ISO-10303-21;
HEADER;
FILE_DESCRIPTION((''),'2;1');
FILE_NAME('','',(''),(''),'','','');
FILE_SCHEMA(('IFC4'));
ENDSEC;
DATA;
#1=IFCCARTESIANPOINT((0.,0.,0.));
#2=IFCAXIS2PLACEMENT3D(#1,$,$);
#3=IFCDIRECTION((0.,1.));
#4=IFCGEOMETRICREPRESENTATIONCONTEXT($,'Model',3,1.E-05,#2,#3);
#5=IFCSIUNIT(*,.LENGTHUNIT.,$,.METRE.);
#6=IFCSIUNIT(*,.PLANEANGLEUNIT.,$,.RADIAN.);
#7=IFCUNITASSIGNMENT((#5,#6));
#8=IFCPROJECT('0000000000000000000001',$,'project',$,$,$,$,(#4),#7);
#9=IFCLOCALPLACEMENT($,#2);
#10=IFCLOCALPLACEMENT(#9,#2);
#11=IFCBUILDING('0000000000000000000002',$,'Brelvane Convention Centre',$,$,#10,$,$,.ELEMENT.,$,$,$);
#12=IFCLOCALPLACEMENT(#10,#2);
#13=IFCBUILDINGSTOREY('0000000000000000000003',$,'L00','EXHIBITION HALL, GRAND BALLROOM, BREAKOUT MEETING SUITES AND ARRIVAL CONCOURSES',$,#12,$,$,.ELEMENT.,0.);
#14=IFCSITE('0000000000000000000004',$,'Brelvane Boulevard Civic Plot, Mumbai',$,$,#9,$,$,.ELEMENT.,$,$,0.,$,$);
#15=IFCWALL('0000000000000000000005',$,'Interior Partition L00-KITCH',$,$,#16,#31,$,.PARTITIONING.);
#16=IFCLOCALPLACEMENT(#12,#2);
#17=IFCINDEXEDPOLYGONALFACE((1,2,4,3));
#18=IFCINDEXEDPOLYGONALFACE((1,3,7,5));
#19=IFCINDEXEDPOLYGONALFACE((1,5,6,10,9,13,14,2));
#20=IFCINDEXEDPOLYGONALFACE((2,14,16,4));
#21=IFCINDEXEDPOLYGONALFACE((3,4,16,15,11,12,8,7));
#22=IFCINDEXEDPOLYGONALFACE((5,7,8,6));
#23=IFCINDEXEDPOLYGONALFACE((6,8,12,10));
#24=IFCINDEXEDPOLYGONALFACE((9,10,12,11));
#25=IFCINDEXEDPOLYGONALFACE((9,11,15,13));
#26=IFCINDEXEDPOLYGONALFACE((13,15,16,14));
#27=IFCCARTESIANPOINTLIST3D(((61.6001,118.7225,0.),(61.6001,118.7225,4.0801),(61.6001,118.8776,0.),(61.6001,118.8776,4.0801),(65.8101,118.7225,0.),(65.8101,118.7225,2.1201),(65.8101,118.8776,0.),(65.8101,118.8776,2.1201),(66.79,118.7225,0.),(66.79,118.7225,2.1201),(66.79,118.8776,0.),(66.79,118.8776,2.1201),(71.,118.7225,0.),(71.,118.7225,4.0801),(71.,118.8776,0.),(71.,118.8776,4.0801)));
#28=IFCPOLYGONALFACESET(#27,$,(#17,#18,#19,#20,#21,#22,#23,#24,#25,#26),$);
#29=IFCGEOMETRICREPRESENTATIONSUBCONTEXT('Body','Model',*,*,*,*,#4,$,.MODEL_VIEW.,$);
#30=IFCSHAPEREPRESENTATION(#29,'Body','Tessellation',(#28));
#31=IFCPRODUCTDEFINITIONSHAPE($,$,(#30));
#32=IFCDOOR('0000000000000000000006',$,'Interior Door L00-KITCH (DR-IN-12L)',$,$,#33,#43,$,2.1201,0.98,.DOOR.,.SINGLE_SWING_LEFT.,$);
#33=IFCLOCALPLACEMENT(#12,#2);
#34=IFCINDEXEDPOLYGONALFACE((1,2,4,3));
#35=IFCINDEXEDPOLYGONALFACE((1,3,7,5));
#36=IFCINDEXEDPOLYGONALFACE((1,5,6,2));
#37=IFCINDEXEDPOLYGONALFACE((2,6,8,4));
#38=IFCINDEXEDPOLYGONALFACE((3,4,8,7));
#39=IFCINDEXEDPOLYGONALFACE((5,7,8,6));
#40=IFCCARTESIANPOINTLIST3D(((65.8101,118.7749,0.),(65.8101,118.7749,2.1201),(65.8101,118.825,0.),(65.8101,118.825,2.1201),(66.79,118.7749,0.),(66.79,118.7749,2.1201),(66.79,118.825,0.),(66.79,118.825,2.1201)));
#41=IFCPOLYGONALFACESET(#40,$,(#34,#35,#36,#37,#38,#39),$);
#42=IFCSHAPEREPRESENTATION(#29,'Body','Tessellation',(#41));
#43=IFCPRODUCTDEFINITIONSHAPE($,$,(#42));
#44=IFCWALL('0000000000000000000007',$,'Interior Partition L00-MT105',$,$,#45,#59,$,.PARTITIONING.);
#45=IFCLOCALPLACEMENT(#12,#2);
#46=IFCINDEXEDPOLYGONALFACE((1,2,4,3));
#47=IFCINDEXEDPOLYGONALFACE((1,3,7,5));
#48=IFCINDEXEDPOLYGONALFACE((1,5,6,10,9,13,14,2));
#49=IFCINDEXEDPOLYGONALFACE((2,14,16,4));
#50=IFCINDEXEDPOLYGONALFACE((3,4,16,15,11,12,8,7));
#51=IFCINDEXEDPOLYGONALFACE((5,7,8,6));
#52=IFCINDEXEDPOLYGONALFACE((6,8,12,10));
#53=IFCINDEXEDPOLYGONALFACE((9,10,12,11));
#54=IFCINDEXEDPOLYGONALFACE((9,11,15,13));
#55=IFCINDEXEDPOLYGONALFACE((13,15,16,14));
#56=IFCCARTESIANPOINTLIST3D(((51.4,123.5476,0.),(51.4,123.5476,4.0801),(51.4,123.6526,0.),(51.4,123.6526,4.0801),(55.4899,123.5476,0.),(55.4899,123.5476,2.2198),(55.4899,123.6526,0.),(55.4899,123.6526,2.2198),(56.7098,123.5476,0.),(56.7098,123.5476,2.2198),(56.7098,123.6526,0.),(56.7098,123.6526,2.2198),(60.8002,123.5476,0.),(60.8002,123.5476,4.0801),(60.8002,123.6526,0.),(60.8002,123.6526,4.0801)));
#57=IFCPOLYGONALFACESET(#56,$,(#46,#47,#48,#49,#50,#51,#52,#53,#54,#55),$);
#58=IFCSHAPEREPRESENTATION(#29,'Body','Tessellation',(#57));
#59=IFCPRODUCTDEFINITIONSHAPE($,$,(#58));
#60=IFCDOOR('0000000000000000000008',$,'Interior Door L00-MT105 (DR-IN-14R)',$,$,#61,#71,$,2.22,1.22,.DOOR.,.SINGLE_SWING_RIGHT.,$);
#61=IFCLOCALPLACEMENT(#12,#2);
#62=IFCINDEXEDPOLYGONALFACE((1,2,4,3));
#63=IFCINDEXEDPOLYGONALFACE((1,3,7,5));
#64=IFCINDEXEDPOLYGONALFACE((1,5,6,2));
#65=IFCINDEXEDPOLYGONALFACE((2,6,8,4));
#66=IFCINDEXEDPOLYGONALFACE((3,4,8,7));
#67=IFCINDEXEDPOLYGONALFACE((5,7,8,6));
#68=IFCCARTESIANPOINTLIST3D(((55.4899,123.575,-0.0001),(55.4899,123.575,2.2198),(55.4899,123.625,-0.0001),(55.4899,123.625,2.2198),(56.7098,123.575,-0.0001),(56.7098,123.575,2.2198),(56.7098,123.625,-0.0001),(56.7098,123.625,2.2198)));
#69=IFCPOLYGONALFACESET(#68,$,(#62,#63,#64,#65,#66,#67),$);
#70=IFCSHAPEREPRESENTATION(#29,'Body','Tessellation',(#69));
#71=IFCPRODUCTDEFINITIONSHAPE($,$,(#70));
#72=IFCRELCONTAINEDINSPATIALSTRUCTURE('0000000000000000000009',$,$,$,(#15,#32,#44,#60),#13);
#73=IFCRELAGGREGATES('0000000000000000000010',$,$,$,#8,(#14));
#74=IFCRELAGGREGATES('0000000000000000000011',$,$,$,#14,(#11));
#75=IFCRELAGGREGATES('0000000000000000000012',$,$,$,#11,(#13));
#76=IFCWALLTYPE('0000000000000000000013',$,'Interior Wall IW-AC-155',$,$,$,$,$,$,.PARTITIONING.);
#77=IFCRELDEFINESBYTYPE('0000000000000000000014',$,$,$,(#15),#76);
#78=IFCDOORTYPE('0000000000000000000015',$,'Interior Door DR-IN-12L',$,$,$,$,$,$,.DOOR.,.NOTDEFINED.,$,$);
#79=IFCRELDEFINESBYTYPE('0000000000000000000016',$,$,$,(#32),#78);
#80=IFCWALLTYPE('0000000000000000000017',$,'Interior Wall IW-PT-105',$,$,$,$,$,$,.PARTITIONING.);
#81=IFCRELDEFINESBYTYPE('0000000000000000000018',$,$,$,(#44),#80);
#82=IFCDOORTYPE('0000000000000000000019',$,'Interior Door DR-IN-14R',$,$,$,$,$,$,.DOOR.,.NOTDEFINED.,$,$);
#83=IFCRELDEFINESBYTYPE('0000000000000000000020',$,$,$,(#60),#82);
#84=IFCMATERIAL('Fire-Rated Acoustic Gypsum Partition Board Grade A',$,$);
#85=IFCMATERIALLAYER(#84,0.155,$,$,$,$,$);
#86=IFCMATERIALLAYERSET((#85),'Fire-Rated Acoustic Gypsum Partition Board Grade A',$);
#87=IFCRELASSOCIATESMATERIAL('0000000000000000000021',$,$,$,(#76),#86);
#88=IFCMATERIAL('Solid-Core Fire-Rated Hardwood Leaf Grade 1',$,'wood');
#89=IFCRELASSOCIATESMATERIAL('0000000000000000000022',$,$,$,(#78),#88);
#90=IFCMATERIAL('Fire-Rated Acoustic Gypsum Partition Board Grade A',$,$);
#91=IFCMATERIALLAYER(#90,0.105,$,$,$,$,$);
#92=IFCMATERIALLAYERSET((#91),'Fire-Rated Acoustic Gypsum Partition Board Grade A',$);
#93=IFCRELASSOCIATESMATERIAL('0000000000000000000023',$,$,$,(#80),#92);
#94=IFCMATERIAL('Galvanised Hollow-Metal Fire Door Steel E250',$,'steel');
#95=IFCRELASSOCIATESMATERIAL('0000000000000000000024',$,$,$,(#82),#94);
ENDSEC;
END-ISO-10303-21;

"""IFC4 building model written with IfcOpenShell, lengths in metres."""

from ifc_helpers import new_model, si_unit, direction, frame, frame_2d, origin, place, context, subcontext, project, spatial, rectangle, extrude, material, layer, layer_set, type_object, element, fill, save


model = new_model("IFC4")

# Units and contexts
model_context = context("Model", 3, precision=1e-05, world=origin(), true_north=direction((0.0, 1.0)))
body_context = subcontext(model_context, "Body", "Model", "MODEL_VIEW")
ifc_project = project(units=[si_unit("LENGTHUNIT", "METRE"), si_unit("PLANEANGLEUNIT", "RADIAN")], contexts=[model_context])

# Site, building, storey
site_placement = place(None, origin())
site = spatial("IfcSite", under=ifc_project, at=site_placement, Name="Brelvane Boulevard Civic Plot, Mumbai", CompositionType="ELEMENT", RefElevation=0.0)
building_placement = place(site_placement, origin())
building = spatial("IfcBuilding", under=site, at=building_placement, Name="Brelvane Convention Centre", CompositionType="ELEMENT")
storey_placement = place(building_placement, origin())
storey = spatial("IfcBuildingStorey", under=building, at=storey_placement, Name="L00", Description="EXHIBITION HALL, GRAND BALLROOM, BREAKOUT MEETING SUITES AND ARRIVAL CONCOURSES", CompositionType="ELEMENT", Elevation=0.0)

# Walls, openings, doors
ifc_material_1 = material(Name="Fire-Rated Acoustic Gypsum Partition Board Grade A")
ifc_layer_1 = layer(ifc_material_1, 0.155)
ifc_layer_set_1 = layer_set([ifc_layer_1], Name="Fire-Rated Acoustic Gypsum Partition Board Grade A")
wall_type_1 = type_object("IfcWallType", Name="Interior Wall IW-AC-155", PredefinedType="PARTITIONING", material=ifc_layer_set_1)
wall_1_placement = place(storey_placement, frame((61.6001, 118.8, 0.0), z_axis=(0.0, 0.0, 1.0), x_axis=(1.0, 0.0, 0.0)))
wall_1 = element("IfcWall", 1, at=wall_1_placement, inside=storey, type_object=wall_type_1, Name="Interior Partition L00-KITCH", PredefinedType="PARTITIONING", context=body_context, shape_type="SweptSolid", body=[
    extrude(rectangle(XDim=9.3999, YDim=0.155, at=frame_2d((4.7, 0.0))), origin(), (0.0, 0.0, 1.0), 4.0801),
])
opening_1_placement = place(wall_1_placement, frame((4.21, 0.0, 0.0)))
opening_1 = element("IfcOpeningElement", 2, at=opening_1_placement, cuts=wall_1, PredefinedType="OPENING", context=body_context, shape_type="SweptSolid", body=[
    extrude(rectangle(XDim=0.98, YDim=2.1201, at=frame_2d((0.49, 1.0601))), frame((0.0, 0.0874, 0.0), z_axis=(0.0, -1.0, 0.0), x_axis=(1.0, 0.0, 0.0)), (0.0, 0.0, 1.0), 0.175),
])
ifc_material_2 = material(Name="Solid-Core Fire-Rated Hardwood Leaf Grade 1", Category="wood")
door_type_1 = type_object("IfcDoorType", Name="Interior Door DR-IN-12L", OperationType="NOTDEFINED", PredefinedType="DOOR", material=ifc_material_2)
door_1_placement = place(opening_1_placement, origin())
door_1 = element("IfcDoor", 3, at=door_1_placement, inside=storey, type_object=door_type_1, Name="Interior Door L00-KITCH (DR-IN-12L)", OperationType="SINGLE_SWING_LEFT", OverallHeight=2.1201, OverallWidth=0.98, PredefinedType="DOOR", context=body_context, shape_type="SweptSolid", body=[
    extrude(rectangle(XDim=0.98, YDim=2.1201, at=frame_2d((0.49, 1.0601))), frame((0.0, 0.0249, 0.0), z_axis=(0.0, -1.0, 0.0), x_axis=(1.0, 0.0, 0.0)), (0.0, 0.0, 1.0), 0.05),
])
fill(opening_1, door_1)
ifc_material_3 = material(Name="Fire-Rated Acoustic Gypsum Partition Board Grade A")
ifc_layer_2 = layer(ifc_material_3, 0.105)
ifc_layer_set_2 = layer_set([ifc_layer_2], Name="Fire-Rated Acoustic Gypsum Partition Board Grade A")
wall_type_2 = type_object("IfcWallType", Name="Interior Wall IW-PT-105", PredefinedType="PARTITIONING", material=ifc_layer_set_2)
wall_2_placement = place(storey_placement, frame((51.3999, 123.6001, 0.0), z_axis=(0.0, 0.0, 1.0), x_axis=(1.0, 0.0, 0.0)))
wall_2 = element("IfcWall", 4, at=wall_2_placement, inside=storey, type_object=wall_type_2, Name="Interior Partition L00-MT105", PredefinedType="PARTITIONING", context=body_context, shape_type="SweptSolid", body=[
    extrude(rectangle(XDim=9.4001, YDim=0.105, at=frame_2d((4.7002, 0.0))), origin(), (0.0, 0.0, 1.0), 4.0801),
])
opening_2_placement = place(wall_2_placement, frame((4.0901, 0.0, 0.0)))
opening_2 = element("IfcOpeningElement", 5, at=opening_2_placement, cuts=wall_2, PredefinedType="OPENING", context=body_context, shape_type="SweptSolid", body=[
    extrude(rectangle(XDim=1.22, YDim=2.22, at=frame_2d((0.6099, 1.1099))), frame((0.0, 0.0625, 0.0), z_axis=(0.0, -1.0, 0.0), x_axis=(1.0, 0.0, 0.0)), (0.0, 0.0, 1.0), 0.125),
])
ifc_material_4 = material(Name="Galvanised Hollow-Metal Fire Door Steel E250", Category="steel")
door_type_2 = type_object("IfcDoorType", Name="Interior Door DR-IN-14R", OperationType="NOTDEFINED", PredefinedType="DOOR", material=ifc_material_4)
door_2_placement = place(opening_2_placement, origin())
door_2 = element("IfcDoor", 6, at=door_2_placement, inside=storey, type_object=door_type_2, Name="Interior Door L00-MT105 (DR-IN-14R)", OperationType="SINGLE_SWING_RIGHT", OverallHeight=2.22, OverallWidth=1.22, PredefinedType="DOOR", context=body_context, shape_type="SweptSolid", body=[
    extrude(rectangle(XDim=1.22, YDim=2.22, at=frame_2d((0.6099, 1.1099))), frame((0.0, 0.0249, 0.0), z_axis=(0.0, -1.0, 0.0), x_axis=(1.0, 0.0, 0.0)), (0.0, 0.0, 1.0), 0.05),
])
fill(opening_2, door_2)

save(model, "model.ifc")
